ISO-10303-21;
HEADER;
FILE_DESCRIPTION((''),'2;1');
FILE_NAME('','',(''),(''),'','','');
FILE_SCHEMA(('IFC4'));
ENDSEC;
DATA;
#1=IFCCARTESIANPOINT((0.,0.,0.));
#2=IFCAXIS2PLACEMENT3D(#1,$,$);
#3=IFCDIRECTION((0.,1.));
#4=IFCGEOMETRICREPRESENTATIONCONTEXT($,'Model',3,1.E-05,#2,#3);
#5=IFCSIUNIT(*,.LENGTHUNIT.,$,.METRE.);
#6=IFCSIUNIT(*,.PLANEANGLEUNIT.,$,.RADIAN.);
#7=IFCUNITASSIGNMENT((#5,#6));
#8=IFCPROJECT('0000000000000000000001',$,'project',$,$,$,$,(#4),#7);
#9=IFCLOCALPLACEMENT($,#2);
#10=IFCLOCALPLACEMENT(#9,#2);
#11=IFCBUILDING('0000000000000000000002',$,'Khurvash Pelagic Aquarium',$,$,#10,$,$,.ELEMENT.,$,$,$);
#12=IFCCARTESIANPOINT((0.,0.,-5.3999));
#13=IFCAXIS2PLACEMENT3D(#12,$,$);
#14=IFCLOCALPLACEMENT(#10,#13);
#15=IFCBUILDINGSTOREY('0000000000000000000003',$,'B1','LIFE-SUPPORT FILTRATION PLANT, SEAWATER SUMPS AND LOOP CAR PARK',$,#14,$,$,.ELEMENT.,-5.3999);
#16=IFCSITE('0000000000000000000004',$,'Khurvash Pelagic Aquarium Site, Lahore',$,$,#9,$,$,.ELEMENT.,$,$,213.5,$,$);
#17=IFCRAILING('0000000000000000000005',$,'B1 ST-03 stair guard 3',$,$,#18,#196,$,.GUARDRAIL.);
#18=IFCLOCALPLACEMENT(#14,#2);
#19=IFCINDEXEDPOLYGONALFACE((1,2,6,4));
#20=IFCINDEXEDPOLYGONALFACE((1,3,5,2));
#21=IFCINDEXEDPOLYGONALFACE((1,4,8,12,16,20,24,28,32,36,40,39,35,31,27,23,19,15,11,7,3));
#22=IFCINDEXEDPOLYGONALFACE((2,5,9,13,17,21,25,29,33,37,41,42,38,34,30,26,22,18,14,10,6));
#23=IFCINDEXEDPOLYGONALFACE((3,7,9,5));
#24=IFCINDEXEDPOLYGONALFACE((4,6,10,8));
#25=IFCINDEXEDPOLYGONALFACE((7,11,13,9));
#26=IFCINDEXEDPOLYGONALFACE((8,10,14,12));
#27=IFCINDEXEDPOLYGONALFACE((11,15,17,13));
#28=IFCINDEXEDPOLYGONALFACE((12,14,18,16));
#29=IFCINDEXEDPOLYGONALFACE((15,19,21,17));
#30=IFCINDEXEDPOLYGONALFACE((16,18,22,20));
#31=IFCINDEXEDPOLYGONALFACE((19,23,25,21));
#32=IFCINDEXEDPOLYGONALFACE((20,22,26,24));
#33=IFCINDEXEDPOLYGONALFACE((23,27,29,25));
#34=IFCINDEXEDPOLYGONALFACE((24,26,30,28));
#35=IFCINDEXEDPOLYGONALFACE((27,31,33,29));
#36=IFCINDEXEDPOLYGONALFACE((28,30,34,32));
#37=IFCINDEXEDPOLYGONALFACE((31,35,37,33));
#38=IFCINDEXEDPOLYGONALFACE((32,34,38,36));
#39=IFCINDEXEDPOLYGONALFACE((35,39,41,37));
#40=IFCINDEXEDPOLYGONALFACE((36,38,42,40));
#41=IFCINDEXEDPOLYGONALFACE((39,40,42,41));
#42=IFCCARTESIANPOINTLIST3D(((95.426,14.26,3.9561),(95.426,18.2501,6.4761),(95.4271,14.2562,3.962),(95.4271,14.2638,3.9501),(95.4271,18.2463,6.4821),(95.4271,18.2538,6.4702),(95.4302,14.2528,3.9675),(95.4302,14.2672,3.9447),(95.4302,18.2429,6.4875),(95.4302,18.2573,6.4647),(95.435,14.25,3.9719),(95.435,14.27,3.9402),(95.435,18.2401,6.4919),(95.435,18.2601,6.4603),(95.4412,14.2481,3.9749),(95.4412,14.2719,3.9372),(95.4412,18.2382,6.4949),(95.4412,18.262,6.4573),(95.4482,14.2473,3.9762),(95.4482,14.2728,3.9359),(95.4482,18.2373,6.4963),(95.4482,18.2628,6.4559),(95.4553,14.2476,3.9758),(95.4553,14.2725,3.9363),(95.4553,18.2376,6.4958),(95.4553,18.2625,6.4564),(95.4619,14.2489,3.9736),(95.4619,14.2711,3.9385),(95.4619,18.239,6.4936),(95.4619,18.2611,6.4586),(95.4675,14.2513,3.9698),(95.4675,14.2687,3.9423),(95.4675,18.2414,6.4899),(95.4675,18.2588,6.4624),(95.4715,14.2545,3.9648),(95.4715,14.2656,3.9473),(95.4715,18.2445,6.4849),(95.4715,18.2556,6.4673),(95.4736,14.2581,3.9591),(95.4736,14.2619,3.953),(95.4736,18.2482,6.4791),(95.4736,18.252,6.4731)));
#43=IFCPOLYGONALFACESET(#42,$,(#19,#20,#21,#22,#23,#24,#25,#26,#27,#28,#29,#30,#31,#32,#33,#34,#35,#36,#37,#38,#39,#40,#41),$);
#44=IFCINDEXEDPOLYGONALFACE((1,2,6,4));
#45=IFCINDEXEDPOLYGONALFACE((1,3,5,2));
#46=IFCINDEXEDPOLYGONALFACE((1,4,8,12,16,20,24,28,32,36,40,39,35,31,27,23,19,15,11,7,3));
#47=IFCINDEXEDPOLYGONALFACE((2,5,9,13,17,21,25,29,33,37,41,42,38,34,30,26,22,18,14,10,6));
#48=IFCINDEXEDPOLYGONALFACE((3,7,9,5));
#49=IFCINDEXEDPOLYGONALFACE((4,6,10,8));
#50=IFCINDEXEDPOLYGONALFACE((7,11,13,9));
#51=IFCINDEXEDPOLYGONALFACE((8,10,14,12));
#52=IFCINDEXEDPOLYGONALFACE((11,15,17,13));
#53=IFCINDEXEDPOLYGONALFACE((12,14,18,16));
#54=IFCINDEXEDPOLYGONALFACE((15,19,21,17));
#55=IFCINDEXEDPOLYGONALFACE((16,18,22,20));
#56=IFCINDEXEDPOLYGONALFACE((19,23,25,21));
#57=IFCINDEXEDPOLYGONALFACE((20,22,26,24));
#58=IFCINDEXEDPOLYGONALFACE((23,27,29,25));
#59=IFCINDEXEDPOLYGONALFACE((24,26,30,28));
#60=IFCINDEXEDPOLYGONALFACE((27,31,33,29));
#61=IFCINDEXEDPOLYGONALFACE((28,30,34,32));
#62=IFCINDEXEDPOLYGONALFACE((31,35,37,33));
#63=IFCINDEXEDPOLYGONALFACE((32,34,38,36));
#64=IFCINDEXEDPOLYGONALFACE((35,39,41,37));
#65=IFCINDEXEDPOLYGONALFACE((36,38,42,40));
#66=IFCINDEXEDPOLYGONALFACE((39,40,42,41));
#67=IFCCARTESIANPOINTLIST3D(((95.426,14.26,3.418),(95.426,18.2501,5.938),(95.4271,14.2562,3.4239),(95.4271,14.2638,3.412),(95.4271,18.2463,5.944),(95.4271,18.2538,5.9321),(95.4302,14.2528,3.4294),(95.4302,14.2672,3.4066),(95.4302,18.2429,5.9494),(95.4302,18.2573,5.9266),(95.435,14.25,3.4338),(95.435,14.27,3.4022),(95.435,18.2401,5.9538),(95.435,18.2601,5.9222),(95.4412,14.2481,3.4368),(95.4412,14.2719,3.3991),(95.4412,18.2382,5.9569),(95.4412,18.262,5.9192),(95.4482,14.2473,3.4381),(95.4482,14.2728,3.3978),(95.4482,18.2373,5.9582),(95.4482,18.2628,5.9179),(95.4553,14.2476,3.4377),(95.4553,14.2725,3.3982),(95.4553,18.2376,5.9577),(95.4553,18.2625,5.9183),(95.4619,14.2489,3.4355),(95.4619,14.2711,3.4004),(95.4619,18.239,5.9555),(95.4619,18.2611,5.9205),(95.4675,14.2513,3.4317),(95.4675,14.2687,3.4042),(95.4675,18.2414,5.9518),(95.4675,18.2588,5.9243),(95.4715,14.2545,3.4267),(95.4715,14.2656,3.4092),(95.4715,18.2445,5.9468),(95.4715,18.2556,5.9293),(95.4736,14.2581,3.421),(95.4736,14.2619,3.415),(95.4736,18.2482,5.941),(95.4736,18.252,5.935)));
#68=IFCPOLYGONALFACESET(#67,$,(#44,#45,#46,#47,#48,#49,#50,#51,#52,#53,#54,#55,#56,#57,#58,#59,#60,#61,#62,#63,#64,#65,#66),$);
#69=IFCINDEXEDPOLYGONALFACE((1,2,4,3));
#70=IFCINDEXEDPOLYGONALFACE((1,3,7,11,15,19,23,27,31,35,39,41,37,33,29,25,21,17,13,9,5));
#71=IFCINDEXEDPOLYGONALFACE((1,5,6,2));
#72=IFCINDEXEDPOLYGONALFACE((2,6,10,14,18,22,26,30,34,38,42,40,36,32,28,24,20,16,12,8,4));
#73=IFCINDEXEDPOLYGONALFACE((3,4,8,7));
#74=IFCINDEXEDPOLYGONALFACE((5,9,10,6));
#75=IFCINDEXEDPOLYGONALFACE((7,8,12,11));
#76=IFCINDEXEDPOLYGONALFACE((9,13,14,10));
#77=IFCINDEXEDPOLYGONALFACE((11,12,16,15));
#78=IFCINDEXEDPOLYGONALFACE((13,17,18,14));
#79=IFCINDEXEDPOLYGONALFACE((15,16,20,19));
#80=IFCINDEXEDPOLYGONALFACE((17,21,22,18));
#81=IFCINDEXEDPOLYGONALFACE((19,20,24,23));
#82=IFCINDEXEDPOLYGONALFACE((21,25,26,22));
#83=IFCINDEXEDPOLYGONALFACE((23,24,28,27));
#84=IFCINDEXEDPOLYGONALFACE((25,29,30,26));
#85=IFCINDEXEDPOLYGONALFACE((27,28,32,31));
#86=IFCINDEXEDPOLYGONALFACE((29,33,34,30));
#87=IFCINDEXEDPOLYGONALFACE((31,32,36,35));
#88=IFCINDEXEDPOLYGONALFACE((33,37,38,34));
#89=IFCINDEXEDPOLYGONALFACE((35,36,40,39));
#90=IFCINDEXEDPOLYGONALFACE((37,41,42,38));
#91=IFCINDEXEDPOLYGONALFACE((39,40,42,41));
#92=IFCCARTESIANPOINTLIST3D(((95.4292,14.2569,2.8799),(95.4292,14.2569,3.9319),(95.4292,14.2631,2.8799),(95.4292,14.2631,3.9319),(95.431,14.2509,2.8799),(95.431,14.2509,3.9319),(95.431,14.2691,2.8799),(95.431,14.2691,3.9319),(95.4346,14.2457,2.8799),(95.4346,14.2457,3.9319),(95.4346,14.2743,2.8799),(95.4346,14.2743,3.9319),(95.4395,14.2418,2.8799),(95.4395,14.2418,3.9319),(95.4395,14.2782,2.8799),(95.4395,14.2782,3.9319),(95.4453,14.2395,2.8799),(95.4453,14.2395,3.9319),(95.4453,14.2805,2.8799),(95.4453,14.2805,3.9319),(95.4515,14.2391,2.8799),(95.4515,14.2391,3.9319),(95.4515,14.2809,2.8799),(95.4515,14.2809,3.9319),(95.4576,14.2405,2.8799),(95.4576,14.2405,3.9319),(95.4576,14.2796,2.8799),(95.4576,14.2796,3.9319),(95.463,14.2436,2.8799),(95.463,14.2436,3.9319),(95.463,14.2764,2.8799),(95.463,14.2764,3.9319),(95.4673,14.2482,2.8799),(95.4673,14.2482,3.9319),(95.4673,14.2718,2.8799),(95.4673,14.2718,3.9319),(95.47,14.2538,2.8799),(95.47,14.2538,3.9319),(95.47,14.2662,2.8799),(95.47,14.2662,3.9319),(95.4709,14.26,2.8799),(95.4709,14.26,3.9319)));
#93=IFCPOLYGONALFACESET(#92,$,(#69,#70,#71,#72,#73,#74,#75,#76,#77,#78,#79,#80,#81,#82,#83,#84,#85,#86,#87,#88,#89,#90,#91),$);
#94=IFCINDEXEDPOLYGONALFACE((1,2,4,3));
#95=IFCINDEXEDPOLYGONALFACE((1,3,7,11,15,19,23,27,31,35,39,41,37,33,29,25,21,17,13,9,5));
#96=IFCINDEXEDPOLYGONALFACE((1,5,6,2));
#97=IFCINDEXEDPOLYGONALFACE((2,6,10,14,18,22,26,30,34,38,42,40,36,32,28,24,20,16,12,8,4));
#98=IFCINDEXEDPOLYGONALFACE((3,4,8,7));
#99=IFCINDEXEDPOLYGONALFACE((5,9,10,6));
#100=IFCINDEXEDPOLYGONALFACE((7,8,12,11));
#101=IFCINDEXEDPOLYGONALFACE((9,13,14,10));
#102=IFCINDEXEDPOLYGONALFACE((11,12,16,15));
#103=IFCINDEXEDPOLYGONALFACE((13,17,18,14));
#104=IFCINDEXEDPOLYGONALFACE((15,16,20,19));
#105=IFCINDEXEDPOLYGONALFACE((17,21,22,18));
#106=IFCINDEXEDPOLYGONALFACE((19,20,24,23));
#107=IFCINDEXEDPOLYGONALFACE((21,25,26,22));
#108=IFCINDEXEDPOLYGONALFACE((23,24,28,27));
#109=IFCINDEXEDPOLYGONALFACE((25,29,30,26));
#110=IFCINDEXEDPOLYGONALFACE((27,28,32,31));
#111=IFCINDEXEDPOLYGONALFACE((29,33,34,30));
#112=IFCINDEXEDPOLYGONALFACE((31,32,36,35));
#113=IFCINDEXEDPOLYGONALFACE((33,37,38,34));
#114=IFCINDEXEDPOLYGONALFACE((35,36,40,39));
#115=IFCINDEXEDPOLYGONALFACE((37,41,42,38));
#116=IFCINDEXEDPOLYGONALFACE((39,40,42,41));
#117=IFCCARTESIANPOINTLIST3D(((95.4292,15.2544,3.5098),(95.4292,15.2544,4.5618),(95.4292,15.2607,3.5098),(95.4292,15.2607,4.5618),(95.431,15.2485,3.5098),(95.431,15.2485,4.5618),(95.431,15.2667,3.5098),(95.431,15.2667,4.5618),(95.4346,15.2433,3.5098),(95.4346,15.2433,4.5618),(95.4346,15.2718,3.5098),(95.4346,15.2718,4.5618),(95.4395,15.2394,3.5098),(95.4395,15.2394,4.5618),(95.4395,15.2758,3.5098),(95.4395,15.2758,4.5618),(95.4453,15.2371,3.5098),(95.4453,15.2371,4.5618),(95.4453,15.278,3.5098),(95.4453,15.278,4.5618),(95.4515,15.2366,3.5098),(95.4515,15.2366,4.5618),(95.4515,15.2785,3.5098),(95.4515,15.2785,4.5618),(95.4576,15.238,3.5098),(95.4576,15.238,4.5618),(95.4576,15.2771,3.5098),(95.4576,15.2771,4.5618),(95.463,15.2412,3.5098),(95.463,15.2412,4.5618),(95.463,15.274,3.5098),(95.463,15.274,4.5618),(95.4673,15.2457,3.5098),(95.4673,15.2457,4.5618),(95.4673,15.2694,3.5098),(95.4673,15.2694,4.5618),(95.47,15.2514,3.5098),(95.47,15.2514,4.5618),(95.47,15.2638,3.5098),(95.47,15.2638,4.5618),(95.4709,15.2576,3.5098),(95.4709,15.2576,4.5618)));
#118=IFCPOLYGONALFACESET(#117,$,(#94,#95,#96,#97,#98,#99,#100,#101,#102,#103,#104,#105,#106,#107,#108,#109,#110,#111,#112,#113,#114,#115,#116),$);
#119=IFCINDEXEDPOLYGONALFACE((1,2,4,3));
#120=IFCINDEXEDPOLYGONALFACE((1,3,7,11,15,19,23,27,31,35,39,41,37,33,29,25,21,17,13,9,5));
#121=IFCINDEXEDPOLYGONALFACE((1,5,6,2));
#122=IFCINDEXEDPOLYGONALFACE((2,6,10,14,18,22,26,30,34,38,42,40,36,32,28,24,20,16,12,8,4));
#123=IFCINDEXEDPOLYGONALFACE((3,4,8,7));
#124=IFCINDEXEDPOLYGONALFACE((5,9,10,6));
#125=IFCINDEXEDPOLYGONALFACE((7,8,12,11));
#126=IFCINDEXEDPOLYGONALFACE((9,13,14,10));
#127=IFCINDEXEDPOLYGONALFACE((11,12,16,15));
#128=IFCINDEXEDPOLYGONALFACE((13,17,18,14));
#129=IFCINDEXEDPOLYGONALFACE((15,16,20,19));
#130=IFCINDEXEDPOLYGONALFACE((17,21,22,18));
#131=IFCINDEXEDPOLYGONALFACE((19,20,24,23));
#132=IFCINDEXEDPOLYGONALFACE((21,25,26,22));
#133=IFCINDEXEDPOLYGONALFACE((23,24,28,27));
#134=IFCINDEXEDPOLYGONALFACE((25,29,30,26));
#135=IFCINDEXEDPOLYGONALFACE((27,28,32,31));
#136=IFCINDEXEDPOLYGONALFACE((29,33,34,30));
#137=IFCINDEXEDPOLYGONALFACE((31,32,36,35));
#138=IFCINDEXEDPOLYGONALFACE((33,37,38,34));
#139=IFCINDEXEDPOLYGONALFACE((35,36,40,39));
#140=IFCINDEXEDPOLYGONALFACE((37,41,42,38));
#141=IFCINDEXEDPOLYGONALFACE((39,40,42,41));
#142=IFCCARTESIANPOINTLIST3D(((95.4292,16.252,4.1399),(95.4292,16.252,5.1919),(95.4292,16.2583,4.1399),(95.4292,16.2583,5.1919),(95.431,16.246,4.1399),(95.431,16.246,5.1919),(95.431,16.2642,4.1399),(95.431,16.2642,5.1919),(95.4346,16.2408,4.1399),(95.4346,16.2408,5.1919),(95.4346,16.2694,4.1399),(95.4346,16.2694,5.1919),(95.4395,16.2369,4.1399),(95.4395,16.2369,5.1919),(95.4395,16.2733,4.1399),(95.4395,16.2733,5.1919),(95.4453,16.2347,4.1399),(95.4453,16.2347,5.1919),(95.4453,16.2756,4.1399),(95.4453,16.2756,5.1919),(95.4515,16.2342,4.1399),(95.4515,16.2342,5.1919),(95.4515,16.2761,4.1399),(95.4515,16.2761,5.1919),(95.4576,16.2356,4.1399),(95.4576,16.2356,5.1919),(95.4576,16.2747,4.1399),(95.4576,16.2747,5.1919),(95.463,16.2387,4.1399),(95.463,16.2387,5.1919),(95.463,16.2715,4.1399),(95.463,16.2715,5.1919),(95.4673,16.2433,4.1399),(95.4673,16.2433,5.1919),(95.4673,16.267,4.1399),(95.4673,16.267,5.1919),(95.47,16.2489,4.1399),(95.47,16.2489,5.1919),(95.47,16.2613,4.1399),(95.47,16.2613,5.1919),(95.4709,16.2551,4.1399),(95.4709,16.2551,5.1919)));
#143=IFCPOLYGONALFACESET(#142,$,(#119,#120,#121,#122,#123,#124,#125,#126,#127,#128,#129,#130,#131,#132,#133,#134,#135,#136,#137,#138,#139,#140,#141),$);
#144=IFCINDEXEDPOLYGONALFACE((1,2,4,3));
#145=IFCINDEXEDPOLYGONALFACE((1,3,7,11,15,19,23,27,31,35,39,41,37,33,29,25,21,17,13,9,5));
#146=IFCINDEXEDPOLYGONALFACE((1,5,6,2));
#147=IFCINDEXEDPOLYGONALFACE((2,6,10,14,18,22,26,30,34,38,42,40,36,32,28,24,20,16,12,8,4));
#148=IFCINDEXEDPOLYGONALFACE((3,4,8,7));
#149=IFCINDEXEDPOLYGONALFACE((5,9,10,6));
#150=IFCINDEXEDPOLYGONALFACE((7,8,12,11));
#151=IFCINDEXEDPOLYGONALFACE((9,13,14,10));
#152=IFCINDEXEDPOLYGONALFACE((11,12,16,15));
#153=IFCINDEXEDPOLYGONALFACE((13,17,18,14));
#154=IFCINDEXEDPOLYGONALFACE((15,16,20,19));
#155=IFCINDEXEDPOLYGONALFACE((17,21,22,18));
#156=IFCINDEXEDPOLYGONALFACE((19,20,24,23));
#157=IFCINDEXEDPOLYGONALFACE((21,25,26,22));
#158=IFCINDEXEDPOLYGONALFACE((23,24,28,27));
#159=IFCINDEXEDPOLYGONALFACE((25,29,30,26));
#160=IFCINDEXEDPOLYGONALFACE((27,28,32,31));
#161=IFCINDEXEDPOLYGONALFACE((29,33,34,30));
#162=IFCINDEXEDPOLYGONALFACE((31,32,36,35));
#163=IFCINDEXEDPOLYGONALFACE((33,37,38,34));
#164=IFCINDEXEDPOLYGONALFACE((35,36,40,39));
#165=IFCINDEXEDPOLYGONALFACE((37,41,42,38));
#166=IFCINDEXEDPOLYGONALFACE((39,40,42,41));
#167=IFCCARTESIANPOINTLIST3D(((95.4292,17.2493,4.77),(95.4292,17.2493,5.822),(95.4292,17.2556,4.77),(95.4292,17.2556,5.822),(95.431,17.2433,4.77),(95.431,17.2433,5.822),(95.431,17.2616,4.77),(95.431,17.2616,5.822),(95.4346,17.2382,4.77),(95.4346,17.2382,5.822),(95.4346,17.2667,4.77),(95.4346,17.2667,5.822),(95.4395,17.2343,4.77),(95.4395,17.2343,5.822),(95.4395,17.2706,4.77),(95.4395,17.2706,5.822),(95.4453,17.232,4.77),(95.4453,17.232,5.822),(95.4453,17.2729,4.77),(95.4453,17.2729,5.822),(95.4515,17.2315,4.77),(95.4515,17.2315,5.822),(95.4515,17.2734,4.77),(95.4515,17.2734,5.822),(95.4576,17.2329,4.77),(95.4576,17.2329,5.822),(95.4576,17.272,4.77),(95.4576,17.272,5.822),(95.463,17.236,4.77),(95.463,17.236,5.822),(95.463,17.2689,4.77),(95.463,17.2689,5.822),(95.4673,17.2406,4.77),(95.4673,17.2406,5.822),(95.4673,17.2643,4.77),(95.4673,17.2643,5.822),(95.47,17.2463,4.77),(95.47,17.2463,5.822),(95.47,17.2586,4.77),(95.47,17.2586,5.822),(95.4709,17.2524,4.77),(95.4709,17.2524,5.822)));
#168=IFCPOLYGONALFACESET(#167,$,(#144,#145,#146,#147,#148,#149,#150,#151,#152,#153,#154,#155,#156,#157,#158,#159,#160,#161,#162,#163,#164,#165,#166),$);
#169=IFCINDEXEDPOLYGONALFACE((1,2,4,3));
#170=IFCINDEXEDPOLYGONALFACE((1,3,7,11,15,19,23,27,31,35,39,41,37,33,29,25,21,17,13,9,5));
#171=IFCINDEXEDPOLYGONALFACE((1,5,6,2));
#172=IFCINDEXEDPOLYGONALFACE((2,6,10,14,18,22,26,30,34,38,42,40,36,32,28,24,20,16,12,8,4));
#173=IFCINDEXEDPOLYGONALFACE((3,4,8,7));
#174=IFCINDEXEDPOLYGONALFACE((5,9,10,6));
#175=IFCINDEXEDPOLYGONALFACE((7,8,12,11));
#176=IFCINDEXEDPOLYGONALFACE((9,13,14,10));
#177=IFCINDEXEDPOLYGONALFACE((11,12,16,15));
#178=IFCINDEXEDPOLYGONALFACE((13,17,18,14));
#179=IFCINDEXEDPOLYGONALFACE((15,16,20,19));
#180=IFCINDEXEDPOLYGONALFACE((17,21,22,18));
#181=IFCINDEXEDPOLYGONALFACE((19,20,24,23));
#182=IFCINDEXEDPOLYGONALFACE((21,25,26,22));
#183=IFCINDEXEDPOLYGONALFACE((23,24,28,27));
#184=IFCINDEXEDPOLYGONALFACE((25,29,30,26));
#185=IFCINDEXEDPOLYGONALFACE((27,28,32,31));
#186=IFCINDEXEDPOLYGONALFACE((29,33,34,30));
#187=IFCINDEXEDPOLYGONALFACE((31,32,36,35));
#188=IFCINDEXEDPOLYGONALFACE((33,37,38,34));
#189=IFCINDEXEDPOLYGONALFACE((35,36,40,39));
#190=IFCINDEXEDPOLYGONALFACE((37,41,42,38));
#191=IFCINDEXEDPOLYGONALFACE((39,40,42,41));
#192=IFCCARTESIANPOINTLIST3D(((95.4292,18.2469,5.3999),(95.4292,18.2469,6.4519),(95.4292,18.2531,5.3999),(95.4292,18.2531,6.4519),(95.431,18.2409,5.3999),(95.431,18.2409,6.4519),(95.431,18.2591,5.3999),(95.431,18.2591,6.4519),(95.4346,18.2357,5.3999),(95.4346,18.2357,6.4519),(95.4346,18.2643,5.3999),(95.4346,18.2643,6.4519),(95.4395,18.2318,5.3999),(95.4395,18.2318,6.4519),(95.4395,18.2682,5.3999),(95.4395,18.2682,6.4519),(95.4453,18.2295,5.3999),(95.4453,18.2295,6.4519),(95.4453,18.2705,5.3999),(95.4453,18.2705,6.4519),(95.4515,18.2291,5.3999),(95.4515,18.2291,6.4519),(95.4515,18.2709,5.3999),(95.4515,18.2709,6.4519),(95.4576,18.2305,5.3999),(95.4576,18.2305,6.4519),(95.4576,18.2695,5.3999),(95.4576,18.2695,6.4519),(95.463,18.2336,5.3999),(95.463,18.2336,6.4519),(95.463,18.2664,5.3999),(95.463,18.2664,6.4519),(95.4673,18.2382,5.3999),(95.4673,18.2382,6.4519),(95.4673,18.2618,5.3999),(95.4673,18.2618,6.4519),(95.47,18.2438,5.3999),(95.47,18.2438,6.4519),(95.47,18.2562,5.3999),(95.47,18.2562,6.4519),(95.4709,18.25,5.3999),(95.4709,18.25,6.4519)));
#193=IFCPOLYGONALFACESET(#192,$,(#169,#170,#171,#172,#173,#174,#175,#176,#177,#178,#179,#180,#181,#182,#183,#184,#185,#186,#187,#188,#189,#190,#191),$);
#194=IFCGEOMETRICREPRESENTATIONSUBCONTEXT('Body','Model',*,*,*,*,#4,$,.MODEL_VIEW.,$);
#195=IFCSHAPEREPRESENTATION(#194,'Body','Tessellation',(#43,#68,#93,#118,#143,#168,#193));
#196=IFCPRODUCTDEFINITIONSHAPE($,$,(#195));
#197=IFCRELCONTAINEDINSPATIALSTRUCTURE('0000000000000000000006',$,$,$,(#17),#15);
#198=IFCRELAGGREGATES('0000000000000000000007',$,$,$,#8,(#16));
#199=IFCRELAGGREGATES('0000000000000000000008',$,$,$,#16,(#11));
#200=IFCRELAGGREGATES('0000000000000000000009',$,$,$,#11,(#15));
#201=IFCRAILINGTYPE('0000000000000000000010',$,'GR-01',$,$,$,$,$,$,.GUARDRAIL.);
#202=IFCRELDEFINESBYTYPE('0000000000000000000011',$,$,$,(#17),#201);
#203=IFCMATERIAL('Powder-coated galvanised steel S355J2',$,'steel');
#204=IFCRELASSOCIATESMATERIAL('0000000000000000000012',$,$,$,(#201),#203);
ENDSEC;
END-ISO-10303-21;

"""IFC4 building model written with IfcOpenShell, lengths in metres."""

from ifc_helpers import new_model, si_unit, direction, frame, origin, origin_2d, place, context, subcontext, project, spatial, circle, extrude, material, type_object, element, save


model = new_model("IFC4")

# Units and contexts
model_context = context("Model", 3, precision=1e-05, world=origin(), true_north=direction((0.0, 1.0)))
body_context = subcontext(model_context, "Body", "Model", "MODEL_VIEW")
ifc_project = project(units=[si_unit("LENGTHUNIT", "METRE"), si_unit("PLANEANGLEUNIT", "RADIAN")], contexts=[model_context])

# Site, building, storey
site_placement = place(None, origin())
site = spatial("IfcSite", under=ifc_project, at=site_placement, Name="Khurvash Pelagic Aquarium Site, Lahore", CompositionType="ELEMENT", RefElevation=213.5)
building_placement = place(site_placement, origin())
building = spatial("IfcBuilding", under=site, at=building_placement, Name="Khurvash Pelagic Aquarium", CompositionType="ELEMENT")
storey_placement = place(building_placement, frame((0.0, 0.0, -5.3999)))
storey = spatial("IfcBuildingStorey", under=building, at=storey_placement, Name="B1", Description="LIFE-SUPPORT FILTRATION PLANT, SEAWATER SUMPS AND LOOP CAR PARK", CompositionType="ELEMENT", Elevation=-5.3999)

# Railing
ifc_material_1 = material(Name="Powder-coated galvanised steel S355J2", Category="steel")
railing_type_1 = type_object("IfcRailingType", Name="GR-01", PredefinedType="GUARDRAIL", material=ifc_material_1)
railing_1_placement = place(storey_placement, frame((95.45, 14.26, 2.8799)))
element("IfcRailing", 1, at=railing_1_placement, inside=storey, type_object=railing_type_1, Name="B1 ST-03 stair guard 3", PredefinedType="GUARDRAIL", context=body_context, shape_type="SweptSolid", body=[
    extrude(circle(Radius=0.0239, at=origin_2d()), frame((0.0, 0.0, 1.0762), z_axis=(0.0, 0.845486, 0.533997), x_axis=(-1.0, 0.0, 0.0)), (0.0, 0.0, 1.0), 4.7192),
    extrude(circle(Radius=0.0239, at=origin_2d()), frame((0.0, 0.0, 0.5381), z_axis=(0.0, 0.845486, 0.533997), x_axis=(-1.0, 0.0, 0.0)), (0.0, 0.0, 1.0), 4.7192),
    extrude(circle(Radius=0.021, at=origin_2d()), origin(), (0.0, 0.0, 1.0), 1.052),
    extrude(circle(Radius=0.021, at=origin_2d()), frame((0.0, 0.9976, 0.6299)), (0.0, 0.0, 1.0), 1.052),
    extrude(circle(Radius=0.021, at=origin_2d()), frame((0.0, 1.9951, 1.26)), (0.0, 0.0, 1.0), 1.052),
    extrude(circle(Radius=0.021, at=origin_2d()), frame((0.0, 2.9924, 1.8901)), (0.0, 0.0, 1.0), 1.052),
    extrude(circle(Radius=0.021, at=origin_2d()), frame((0.0, 3.99, 2.52)), (0.0, 0.0, 1.0), 1.052),
])

save(model, "model.ifc")
